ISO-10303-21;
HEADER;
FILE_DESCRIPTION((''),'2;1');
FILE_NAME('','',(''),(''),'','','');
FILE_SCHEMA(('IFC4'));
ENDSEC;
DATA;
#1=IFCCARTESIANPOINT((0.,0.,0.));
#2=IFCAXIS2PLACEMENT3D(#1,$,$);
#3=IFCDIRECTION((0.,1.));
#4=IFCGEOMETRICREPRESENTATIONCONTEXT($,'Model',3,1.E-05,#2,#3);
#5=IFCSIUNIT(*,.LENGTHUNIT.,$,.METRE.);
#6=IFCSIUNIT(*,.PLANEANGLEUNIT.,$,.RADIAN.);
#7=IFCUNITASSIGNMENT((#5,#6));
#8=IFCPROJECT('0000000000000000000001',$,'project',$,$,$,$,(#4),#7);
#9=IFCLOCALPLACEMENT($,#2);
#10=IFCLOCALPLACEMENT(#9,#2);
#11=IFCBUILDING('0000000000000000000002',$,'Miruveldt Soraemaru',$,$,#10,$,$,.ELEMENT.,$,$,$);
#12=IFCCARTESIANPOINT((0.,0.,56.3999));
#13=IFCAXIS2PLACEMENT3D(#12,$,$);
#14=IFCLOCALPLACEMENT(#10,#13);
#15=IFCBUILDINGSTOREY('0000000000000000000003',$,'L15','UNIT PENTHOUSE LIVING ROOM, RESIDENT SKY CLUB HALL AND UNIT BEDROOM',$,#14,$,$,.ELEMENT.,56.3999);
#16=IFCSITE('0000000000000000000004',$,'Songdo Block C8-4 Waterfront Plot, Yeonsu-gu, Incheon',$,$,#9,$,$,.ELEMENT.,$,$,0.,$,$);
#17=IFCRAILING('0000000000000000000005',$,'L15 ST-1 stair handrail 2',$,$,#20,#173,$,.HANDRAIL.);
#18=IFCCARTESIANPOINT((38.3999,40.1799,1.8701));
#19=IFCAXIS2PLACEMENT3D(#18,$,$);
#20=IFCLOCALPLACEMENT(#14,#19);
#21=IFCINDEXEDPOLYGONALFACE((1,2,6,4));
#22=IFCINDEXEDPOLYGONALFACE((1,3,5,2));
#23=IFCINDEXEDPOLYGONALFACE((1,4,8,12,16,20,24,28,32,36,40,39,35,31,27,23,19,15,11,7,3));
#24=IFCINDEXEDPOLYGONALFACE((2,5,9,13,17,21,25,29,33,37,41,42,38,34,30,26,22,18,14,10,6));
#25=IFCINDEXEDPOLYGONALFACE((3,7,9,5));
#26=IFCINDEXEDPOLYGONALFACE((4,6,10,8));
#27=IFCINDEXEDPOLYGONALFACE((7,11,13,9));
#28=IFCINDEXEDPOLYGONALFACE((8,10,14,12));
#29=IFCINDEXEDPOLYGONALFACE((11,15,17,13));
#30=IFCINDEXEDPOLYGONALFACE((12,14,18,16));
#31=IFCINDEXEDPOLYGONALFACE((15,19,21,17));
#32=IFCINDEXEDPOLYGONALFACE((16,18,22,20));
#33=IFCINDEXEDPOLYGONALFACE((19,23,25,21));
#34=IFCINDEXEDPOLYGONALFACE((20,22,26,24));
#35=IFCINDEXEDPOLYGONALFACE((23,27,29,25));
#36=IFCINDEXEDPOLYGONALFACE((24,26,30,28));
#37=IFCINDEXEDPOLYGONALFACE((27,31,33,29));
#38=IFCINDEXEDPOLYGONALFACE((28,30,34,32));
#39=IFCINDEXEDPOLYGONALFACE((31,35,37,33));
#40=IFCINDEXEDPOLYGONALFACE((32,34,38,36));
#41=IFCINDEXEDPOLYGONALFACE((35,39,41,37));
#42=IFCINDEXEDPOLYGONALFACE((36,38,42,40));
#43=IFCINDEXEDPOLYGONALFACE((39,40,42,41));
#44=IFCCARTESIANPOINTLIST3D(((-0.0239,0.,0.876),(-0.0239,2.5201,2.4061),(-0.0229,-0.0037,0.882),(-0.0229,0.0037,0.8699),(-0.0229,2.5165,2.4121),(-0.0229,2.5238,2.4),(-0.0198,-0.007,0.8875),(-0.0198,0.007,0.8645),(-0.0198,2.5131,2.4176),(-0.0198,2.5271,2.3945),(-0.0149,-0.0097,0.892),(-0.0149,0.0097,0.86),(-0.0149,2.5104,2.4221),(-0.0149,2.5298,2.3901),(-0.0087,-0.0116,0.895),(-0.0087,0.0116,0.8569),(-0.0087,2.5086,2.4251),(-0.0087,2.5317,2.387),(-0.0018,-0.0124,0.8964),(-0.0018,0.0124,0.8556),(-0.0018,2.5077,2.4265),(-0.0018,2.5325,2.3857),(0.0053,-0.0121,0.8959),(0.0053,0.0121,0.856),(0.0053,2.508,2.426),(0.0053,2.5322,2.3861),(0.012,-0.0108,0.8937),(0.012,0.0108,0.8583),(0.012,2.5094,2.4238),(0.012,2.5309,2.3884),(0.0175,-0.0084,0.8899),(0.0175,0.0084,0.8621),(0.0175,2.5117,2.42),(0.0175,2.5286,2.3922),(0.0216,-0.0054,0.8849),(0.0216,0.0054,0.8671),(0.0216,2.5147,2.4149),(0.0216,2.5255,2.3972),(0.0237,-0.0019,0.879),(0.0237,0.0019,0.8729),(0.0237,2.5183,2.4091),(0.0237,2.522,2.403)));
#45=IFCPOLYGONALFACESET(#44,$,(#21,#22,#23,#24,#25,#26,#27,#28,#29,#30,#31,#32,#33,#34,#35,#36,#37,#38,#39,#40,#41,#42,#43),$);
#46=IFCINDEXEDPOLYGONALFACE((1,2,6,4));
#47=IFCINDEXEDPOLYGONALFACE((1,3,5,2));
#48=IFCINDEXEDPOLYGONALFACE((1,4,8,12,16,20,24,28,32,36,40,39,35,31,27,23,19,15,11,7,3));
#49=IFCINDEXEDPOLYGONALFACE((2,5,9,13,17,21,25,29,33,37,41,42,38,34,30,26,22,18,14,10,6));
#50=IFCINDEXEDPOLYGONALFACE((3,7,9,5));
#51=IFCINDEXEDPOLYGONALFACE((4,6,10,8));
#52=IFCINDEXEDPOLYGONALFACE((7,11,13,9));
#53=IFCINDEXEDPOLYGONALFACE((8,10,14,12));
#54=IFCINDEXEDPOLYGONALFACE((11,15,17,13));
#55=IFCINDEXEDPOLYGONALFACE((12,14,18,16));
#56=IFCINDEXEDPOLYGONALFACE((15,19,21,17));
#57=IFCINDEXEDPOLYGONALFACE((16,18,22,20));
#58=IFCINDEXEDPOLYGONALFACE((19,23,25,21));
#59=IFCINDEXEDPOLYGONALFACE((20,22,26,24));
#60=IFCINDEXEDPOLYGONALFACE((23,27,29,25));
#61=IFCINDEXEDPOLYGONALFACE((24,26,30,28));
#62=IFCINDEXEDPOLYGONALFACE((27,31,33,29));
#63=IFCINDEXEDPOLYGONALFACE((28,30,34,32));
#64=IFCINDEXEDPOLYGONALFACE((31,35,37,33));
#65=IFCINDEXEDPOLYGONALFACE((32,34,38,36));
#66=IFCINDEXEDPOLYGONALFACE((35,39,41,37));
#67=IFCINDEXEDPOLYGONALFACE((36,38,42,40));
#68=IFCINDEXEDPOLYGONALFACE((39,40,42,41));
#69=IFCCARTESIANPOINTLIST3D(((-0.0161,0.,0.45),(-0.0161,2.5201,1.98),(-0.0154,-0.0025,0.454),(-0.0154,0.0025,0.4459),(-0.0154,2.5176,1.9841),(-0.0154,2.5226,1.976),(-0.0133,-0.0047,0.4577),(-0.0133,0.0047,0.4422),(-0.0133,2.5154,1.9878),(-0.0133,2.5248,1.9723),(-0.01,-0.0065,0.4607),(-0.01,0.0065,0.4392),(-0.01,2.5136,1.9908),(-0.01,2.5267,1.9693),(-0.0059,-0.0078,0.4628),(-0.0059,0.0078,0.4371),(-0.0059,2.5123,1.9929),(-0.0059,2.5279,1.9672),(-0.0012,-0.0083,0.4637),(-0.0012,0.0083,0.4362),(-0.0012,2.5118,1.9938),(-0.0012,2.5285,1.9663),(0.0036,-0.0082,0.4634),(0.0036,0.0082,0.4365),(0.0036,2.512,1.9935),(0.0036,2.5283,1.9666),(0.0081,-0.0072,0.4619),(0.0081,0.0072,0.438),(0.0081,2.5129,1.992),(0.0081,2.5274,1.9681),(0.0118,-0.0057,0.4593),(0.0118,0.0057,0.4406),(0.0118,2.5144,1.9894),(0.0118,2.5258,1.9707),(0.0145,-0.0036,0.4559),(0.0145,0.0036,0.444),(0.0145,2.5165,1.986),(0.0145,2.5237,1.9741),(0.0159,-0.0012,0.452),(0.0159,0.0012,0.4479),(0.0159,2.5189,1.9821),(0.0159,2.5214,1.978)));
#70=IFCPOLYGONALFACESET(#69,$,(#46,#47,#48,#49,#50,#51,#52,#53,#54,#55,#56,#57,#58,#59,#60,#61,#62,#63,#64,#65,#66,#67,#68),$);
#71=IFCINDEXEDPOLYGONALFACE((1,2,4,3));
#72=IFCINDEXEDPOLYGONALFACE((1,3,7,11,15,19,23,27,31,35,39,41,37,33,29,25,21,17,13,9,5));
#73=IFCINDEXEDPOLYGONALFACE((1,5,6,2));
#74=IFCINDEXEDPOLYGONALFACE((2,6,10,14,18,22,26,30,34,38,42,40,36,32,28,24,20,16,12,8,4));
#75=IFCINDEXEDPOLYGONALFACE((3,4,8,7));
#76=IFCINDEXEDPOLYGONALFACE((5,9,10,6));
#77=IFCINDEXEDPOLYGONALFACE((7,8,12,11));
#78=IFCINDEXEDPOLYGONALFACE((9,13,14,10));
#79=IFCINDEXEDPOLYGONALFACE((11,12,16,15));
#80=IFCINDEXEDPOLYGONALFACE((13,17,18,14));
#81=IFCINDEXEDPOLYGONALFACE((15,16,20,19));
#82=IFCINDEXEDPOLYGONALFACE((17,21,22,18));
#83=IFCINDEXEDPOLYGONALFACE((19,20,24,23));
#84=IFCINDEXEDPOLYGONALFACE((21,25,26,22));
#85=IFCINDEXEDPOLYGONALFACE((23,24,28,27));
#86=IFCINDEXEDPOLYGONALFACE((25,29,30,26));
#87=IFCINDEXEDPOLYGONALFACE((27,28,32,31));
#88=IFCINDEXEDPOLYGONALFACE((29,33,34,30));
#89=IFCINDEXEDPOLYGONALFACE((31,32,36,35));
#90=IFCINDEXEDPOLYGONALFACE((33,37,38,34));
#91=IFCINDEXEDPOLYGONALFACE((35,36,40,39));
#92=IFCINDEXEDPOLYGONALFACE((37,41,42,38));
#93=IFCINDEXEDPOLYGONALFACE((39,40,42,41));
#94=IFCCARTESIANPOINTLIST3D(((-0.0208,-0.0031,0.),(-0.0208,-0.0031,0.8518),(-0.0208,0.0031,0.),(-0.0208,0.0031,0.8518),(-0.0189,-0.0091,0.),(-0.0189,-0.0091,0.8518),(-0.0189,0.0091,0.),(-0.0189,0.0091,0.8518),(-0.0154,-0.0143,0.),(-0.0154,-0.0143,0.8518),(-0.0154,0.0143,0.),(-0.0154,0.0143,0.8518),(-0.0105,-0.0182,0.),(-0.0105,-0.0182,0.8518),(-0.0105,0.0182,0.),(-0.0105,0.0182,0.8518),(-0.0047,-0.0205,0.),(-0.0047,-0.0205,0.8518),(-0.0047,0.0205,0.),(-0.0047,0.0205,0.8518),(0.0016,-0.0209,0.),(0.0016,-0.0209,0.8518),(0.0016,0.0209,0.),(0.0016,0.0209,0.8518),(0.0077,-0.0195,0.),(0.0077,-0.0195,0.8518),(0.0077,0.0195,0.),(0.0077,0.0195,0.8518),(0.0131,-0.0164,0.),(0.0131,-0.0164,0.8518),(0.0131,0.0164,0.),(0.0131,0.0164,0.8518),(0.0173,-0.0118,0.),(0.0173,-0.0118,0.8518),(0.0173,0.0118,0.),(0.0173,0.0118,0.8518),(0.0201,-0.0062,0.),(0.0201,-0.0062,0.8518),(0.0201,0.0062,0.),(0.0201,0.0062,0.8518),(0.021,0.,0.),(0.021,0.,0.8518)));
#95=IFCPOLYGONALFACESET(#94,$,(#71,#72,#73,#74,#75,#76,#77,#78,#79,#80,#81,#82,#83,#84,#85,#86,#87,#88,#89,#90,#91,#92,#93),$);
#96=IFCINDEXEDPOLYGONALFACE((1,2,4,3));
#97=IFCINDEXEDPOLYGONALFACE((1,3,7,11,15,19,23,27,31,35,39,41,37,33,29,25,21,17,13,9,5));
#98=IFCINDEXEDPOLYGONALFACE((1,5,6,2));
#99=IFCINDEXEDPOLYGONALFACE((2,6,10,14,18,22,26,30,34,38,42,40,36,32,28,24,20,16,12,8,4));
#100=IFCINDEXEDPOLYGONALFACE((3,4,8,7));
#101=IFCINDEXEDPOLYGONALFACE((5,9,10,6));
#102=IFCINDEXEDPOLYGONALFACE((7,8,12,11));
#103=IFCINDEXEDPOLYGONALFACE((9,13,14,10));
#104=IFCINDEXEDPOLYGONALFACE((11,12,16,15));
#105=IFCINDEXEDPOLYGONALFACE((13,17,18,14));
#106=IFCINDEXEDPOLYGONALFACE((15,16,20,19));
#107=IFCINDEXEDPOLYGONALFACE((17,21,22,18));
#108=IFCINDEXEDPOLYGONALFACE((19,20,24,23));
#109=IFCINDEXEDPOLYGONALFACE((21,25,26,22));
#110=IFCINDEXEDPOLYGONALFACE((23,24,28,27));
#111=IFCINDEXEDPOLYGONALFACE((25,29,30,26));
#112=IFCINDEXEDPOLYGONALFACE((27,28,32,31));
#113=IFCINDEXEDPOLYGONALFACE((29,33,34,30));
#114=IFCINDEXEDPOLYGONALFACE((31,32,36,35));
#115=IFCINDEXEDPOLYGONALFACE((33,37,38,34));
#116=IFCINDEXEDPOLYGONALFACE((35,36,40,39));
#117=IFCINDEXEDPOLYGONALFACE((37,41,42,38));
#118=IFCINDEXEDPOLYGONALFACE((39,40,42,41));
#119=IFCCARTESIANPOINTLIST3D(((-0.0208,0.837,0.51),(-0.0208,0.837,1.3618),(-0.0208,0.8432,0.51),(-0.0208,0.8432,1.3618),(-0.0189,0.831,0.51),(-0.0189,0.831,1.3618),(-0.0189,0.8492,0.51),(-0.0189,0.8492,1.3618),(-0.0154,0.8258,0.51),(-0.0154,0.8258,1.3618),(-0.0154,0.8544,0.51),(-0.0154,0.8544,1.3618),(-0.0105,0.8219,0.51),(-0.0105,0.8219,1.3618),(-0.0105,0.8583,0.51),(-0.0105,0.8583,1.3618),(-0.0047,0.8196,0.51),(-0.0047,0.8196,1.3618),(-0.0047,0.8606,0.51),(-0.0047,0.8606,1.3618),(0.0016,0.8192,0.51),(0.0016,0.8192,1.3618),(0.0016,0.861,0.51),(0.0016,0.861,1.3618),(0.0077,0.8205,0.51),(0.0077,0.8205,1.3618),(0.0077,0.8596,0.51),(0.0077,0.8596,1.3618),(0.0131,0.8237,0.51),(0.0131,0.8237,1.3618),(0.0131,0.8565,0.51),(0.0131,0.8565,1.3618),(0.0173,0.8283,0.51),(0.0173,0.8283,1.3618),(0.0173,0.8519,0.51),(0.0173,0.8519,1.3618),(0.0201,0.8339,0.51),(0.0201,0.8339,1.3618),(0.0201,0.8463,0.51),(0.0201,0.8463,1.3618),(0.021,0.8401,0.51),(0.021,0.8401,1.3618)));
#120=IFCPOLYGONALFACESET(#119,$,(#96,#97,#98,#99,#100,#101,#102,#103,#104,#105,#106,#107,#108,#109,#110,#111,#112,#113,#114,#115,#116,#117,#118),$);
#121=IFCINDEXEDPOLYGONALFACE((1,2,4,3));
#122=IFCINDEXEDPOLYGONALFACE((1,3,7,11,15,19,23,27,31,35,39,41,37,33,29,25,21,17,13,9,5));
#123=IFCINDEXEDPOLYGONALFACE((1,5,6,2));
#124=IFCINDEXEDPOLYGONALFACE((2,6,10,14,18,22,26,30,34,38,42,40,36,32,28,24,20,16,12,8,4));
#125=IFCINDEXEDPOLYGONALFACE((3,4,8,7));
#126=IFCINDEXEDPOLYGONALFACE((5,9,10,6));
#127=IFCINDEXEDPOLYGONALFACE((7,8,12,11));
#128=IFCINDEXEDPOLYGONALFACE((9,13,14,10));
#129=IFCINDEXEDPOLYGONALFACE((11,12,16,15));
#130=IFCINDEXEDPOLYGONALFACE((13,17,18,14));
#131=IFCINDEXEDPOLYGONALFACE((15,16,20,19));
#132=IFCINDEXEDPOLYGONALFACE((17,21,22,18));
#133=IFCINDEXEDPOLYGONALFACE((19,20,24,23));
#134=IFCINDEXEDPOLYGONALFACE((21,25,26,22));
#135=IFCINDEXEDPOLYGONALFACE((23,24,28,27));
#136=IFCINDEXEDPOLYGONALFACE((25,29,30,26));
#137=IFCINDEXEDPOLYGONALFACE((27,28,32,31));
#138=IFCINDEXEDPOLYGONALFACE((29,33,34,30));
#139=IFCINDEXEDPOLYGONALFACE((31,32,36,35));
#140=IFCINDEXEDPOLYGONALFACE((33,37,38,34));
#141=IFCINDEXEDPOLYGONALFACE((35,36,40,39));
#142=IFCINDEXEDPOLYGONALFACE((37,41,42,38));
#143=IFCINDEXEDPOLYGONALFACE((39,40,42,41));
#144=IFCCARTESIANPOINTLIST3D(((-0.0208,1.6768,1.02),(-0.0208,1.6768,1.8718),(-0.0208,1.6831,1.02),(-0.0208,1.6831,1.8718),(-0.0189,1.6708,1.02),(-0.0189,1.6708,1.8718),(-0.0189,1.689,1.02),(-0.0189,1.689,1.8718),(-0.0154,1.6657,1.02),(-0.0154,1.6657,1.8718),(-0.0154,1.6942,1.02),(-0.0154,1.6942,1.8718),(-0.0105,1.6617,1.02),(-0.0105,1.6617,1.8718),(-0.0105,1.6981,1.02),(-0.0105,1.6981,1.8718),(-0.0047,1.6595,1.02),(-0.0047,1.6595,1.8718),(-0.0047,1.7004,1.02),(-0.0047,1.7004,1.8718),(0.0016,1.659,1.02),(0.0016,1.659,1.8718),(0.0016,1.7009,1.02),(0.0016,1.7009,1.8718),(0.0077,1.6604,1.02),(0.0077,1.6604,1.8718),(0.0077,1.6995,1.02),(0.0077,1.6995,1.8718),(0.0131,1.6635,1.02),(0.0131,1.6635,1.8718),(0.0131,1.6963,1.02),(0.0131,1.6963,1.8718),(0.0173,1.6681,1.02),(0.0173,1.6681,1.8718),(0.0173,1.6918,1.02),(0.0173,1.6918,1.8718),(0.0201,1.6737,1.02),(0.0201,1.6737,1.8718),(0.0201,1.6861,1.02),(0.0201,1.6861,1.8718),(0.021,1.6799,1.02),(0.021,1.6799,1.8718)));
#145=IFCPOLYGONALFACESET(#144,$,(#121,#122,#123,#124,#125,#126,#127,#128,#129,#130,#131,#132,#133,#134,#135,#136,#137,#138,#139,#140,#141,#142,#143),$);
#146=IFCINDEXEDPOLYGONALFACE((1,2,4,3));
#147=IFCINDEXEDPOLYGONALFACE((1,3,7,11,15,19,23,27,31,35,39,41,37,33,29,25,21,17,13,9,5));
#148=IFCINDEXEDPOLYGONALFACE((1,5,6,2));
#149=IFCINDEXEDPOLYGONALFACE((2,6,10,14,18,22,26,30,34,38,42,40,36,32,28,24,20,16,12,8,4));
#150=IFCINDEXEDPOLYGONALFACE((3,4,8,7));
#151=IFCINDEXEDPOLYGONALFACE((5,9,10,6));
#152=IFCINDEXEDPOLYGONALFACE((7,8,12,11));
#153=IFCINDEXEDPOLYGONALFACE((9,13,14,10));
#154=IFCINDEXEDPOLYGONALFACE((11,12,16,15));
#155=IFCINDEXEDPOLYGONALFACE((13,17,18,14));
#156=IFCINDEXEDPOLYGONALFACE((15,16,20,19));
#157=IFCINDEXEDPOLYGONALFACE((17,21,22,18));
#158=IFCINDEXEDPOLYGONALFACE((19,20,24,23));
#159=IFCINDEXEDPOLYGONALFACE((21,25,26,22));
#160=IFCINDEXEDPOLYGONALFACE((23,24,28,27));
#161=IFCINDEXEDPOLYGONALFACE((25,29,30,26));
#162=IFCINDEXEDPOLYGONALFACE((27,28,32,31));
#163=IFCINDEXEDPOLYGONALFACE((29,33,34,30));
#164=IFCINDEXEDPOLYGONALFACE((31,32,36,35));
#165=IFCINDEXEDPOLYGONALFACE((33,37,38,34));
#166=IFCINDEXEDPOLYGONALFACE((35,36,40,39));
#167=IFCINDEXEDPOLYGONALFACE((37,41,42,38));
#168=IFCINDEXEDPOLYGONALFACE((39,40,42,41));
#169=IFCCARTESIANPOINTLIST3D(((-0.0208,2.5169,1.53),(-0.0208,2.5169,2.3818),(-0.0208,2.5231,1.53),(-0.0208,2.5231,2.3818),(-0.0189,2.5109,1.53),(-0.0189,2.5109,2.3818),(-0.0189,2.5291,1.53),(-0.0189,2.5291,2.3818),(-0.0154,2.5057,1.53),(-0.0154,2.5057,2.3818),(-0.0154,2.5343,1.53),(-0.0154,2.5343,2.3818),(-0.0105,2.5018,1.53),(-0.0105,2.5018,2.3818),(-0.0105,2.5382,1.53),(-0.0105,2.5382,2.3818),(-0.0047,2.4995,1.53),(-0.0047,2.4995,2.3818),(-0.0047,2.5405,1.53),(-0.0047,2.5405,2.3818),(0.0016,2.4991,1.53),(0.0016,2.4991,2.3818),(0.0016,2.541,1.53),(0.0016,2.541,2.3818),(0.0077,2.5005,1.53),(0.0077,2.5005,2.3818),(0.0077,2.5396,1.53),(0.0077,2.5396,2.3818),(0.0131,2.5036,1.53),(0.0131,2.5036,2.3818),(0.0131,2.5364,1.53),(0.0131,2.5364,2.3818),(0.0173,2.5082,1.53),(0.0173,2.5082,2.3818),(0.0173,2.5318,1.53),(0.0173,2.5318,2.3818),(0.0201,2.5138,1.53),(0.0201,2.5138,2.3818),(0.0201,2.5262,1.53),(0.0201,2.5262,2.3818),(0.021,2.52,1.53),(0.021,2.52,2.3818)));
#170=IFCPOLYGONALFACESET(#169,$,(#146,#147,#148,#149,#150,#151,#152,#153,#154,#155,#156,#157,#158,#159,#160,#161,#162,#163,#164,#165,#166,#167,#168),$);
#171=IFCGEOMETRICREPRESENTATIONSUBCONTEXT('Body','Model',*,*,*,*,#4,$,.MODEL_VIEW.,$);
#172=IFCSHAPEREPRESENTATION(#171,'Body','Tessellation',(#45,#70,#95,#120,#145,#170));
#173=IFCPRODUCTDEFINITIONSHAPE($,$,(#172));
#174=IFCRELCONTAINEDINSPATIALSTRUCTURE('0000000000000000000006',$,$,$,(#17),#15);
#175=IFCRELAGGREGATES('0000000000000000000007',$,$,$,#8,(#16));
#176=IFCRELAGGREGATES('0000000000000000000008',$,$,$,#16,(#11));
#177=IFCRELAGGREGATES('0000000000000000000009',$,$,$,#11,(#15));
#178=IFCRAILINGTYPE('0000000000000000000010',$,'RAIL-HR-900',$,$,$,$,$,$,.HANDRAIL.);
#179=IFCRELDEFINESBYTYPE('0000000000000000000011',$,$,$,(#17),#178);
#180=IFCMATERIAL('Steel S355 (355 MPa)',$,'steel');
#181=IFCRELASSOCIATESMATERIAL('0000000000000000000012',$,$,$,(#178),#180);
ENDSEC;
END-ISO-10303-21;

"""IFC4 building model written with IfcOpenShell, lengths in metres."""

from ifc_helpers import new_model, si_unit, direction, frame, origin, origin_2d, place, context, subcontext, project, spatial, circle, extrude, material, type_object, element, save


model = new_model("IFC4")

# Units and contexts
model_context = context("Model", 3, precision=1e-05, world=origin(), true_north=direction((0.0, 1.0)))
body_context = subcontext(model_context, "Body", "Model", "MODEL_VIEW")
ifc_project = project(units=[si_unit("LENGTHUNIT", "METRE"), si_unit("PLANEANGLEUNIT", "RADIAN")], contexts=[model_context])

# Site, building, storey
site_placement = place(None, origin())
site = spatial("IfcSite", under=ifc_project, at=site_placement, Name="Songdo Block C8-4 Waterfront Plot, Yeonsu-gu, Incheon", CompositionType="ELEMENT", RefElevation=0.0)
building_placement = place(site_placement, origin())
building = spatial("IfcBuilding", under=site, at=building_placement, Name="Miruveldt Soraemaru", CompositionType="ELEMENT")
storey_placement = place(building_placement, frame((0.0, 0.0, 56.3999)))
storey = spatial("IfcBuildingStorey", under=building, at=storey_placement, Name="L15", Description="UNIT PENTHOUSE LIVING ROOM, RESIDENT SKY CLUB HALL AND UNIT BEDROOM", CompositionType="ELEMENT", Elevation=56.3999)

# Railing
ifc_material_1 = material(Name="Steel S355 (355 MPa)", Category="steel")
railing_type_1 = type_object("IfcRailingType", Name="RAIL-HR-900", PredefinedType="HANDRAIL", material=ifc_material_1)
railing_1_placement = place(storey_placement, frame((38.3999, 40.1799, 1.8701)))
element("IfcRailing", 1, at=railing_1_placement, inside=storey, type_object=railing_type_1, Name="L15 ST-1 stair handrail 2", PredefinedType="HANDRAIL", context=body_context, shape_type="SweptSolid", body=[
    extrude(circle(Radius=0.0239, at=origin_2d()), frame((0.0, 0.0, 0.876), z_axis=(0.0, 0.854785, 0.518982), x_axis=(-1.0, 0.0, 0.0)), (0.0, 0.0, 1.0), 2.9482),
    extrude(circle(Radius=0.0161, at=origin_2d()), frame((0.0, 0.0, 0.45), z_axis=(0.0, 0.854785, 0.518982), x_axis=(-1.0, 0.0, 0.0)), (0.0, 0.0, 1.0), 2.9482),
    extrude(circle(Radius=0.021, at=origin_2d()), origin(), (0.0, 0.0, 1.0), 0.8518),
    extrude(circle(Radius=0.021, at=origin_2d()), frame((0.0, 0.8401, 0.51)), (0.0, 0.0, 1.0), 0.8518),
    extrude(circle(Radius=0.021, at=origin_2d()), frame((0.0, 1.6799, 1.02)), (0.0, 0.0, 1.0), 0.8518),
    extrude(circle(Radius=0.021, at=origin_2d()), frame((0.0, 2.52, 1.53)), (0.0, 0.0, 1.0), 0.8518),
])

save(model, "model.ifc")
